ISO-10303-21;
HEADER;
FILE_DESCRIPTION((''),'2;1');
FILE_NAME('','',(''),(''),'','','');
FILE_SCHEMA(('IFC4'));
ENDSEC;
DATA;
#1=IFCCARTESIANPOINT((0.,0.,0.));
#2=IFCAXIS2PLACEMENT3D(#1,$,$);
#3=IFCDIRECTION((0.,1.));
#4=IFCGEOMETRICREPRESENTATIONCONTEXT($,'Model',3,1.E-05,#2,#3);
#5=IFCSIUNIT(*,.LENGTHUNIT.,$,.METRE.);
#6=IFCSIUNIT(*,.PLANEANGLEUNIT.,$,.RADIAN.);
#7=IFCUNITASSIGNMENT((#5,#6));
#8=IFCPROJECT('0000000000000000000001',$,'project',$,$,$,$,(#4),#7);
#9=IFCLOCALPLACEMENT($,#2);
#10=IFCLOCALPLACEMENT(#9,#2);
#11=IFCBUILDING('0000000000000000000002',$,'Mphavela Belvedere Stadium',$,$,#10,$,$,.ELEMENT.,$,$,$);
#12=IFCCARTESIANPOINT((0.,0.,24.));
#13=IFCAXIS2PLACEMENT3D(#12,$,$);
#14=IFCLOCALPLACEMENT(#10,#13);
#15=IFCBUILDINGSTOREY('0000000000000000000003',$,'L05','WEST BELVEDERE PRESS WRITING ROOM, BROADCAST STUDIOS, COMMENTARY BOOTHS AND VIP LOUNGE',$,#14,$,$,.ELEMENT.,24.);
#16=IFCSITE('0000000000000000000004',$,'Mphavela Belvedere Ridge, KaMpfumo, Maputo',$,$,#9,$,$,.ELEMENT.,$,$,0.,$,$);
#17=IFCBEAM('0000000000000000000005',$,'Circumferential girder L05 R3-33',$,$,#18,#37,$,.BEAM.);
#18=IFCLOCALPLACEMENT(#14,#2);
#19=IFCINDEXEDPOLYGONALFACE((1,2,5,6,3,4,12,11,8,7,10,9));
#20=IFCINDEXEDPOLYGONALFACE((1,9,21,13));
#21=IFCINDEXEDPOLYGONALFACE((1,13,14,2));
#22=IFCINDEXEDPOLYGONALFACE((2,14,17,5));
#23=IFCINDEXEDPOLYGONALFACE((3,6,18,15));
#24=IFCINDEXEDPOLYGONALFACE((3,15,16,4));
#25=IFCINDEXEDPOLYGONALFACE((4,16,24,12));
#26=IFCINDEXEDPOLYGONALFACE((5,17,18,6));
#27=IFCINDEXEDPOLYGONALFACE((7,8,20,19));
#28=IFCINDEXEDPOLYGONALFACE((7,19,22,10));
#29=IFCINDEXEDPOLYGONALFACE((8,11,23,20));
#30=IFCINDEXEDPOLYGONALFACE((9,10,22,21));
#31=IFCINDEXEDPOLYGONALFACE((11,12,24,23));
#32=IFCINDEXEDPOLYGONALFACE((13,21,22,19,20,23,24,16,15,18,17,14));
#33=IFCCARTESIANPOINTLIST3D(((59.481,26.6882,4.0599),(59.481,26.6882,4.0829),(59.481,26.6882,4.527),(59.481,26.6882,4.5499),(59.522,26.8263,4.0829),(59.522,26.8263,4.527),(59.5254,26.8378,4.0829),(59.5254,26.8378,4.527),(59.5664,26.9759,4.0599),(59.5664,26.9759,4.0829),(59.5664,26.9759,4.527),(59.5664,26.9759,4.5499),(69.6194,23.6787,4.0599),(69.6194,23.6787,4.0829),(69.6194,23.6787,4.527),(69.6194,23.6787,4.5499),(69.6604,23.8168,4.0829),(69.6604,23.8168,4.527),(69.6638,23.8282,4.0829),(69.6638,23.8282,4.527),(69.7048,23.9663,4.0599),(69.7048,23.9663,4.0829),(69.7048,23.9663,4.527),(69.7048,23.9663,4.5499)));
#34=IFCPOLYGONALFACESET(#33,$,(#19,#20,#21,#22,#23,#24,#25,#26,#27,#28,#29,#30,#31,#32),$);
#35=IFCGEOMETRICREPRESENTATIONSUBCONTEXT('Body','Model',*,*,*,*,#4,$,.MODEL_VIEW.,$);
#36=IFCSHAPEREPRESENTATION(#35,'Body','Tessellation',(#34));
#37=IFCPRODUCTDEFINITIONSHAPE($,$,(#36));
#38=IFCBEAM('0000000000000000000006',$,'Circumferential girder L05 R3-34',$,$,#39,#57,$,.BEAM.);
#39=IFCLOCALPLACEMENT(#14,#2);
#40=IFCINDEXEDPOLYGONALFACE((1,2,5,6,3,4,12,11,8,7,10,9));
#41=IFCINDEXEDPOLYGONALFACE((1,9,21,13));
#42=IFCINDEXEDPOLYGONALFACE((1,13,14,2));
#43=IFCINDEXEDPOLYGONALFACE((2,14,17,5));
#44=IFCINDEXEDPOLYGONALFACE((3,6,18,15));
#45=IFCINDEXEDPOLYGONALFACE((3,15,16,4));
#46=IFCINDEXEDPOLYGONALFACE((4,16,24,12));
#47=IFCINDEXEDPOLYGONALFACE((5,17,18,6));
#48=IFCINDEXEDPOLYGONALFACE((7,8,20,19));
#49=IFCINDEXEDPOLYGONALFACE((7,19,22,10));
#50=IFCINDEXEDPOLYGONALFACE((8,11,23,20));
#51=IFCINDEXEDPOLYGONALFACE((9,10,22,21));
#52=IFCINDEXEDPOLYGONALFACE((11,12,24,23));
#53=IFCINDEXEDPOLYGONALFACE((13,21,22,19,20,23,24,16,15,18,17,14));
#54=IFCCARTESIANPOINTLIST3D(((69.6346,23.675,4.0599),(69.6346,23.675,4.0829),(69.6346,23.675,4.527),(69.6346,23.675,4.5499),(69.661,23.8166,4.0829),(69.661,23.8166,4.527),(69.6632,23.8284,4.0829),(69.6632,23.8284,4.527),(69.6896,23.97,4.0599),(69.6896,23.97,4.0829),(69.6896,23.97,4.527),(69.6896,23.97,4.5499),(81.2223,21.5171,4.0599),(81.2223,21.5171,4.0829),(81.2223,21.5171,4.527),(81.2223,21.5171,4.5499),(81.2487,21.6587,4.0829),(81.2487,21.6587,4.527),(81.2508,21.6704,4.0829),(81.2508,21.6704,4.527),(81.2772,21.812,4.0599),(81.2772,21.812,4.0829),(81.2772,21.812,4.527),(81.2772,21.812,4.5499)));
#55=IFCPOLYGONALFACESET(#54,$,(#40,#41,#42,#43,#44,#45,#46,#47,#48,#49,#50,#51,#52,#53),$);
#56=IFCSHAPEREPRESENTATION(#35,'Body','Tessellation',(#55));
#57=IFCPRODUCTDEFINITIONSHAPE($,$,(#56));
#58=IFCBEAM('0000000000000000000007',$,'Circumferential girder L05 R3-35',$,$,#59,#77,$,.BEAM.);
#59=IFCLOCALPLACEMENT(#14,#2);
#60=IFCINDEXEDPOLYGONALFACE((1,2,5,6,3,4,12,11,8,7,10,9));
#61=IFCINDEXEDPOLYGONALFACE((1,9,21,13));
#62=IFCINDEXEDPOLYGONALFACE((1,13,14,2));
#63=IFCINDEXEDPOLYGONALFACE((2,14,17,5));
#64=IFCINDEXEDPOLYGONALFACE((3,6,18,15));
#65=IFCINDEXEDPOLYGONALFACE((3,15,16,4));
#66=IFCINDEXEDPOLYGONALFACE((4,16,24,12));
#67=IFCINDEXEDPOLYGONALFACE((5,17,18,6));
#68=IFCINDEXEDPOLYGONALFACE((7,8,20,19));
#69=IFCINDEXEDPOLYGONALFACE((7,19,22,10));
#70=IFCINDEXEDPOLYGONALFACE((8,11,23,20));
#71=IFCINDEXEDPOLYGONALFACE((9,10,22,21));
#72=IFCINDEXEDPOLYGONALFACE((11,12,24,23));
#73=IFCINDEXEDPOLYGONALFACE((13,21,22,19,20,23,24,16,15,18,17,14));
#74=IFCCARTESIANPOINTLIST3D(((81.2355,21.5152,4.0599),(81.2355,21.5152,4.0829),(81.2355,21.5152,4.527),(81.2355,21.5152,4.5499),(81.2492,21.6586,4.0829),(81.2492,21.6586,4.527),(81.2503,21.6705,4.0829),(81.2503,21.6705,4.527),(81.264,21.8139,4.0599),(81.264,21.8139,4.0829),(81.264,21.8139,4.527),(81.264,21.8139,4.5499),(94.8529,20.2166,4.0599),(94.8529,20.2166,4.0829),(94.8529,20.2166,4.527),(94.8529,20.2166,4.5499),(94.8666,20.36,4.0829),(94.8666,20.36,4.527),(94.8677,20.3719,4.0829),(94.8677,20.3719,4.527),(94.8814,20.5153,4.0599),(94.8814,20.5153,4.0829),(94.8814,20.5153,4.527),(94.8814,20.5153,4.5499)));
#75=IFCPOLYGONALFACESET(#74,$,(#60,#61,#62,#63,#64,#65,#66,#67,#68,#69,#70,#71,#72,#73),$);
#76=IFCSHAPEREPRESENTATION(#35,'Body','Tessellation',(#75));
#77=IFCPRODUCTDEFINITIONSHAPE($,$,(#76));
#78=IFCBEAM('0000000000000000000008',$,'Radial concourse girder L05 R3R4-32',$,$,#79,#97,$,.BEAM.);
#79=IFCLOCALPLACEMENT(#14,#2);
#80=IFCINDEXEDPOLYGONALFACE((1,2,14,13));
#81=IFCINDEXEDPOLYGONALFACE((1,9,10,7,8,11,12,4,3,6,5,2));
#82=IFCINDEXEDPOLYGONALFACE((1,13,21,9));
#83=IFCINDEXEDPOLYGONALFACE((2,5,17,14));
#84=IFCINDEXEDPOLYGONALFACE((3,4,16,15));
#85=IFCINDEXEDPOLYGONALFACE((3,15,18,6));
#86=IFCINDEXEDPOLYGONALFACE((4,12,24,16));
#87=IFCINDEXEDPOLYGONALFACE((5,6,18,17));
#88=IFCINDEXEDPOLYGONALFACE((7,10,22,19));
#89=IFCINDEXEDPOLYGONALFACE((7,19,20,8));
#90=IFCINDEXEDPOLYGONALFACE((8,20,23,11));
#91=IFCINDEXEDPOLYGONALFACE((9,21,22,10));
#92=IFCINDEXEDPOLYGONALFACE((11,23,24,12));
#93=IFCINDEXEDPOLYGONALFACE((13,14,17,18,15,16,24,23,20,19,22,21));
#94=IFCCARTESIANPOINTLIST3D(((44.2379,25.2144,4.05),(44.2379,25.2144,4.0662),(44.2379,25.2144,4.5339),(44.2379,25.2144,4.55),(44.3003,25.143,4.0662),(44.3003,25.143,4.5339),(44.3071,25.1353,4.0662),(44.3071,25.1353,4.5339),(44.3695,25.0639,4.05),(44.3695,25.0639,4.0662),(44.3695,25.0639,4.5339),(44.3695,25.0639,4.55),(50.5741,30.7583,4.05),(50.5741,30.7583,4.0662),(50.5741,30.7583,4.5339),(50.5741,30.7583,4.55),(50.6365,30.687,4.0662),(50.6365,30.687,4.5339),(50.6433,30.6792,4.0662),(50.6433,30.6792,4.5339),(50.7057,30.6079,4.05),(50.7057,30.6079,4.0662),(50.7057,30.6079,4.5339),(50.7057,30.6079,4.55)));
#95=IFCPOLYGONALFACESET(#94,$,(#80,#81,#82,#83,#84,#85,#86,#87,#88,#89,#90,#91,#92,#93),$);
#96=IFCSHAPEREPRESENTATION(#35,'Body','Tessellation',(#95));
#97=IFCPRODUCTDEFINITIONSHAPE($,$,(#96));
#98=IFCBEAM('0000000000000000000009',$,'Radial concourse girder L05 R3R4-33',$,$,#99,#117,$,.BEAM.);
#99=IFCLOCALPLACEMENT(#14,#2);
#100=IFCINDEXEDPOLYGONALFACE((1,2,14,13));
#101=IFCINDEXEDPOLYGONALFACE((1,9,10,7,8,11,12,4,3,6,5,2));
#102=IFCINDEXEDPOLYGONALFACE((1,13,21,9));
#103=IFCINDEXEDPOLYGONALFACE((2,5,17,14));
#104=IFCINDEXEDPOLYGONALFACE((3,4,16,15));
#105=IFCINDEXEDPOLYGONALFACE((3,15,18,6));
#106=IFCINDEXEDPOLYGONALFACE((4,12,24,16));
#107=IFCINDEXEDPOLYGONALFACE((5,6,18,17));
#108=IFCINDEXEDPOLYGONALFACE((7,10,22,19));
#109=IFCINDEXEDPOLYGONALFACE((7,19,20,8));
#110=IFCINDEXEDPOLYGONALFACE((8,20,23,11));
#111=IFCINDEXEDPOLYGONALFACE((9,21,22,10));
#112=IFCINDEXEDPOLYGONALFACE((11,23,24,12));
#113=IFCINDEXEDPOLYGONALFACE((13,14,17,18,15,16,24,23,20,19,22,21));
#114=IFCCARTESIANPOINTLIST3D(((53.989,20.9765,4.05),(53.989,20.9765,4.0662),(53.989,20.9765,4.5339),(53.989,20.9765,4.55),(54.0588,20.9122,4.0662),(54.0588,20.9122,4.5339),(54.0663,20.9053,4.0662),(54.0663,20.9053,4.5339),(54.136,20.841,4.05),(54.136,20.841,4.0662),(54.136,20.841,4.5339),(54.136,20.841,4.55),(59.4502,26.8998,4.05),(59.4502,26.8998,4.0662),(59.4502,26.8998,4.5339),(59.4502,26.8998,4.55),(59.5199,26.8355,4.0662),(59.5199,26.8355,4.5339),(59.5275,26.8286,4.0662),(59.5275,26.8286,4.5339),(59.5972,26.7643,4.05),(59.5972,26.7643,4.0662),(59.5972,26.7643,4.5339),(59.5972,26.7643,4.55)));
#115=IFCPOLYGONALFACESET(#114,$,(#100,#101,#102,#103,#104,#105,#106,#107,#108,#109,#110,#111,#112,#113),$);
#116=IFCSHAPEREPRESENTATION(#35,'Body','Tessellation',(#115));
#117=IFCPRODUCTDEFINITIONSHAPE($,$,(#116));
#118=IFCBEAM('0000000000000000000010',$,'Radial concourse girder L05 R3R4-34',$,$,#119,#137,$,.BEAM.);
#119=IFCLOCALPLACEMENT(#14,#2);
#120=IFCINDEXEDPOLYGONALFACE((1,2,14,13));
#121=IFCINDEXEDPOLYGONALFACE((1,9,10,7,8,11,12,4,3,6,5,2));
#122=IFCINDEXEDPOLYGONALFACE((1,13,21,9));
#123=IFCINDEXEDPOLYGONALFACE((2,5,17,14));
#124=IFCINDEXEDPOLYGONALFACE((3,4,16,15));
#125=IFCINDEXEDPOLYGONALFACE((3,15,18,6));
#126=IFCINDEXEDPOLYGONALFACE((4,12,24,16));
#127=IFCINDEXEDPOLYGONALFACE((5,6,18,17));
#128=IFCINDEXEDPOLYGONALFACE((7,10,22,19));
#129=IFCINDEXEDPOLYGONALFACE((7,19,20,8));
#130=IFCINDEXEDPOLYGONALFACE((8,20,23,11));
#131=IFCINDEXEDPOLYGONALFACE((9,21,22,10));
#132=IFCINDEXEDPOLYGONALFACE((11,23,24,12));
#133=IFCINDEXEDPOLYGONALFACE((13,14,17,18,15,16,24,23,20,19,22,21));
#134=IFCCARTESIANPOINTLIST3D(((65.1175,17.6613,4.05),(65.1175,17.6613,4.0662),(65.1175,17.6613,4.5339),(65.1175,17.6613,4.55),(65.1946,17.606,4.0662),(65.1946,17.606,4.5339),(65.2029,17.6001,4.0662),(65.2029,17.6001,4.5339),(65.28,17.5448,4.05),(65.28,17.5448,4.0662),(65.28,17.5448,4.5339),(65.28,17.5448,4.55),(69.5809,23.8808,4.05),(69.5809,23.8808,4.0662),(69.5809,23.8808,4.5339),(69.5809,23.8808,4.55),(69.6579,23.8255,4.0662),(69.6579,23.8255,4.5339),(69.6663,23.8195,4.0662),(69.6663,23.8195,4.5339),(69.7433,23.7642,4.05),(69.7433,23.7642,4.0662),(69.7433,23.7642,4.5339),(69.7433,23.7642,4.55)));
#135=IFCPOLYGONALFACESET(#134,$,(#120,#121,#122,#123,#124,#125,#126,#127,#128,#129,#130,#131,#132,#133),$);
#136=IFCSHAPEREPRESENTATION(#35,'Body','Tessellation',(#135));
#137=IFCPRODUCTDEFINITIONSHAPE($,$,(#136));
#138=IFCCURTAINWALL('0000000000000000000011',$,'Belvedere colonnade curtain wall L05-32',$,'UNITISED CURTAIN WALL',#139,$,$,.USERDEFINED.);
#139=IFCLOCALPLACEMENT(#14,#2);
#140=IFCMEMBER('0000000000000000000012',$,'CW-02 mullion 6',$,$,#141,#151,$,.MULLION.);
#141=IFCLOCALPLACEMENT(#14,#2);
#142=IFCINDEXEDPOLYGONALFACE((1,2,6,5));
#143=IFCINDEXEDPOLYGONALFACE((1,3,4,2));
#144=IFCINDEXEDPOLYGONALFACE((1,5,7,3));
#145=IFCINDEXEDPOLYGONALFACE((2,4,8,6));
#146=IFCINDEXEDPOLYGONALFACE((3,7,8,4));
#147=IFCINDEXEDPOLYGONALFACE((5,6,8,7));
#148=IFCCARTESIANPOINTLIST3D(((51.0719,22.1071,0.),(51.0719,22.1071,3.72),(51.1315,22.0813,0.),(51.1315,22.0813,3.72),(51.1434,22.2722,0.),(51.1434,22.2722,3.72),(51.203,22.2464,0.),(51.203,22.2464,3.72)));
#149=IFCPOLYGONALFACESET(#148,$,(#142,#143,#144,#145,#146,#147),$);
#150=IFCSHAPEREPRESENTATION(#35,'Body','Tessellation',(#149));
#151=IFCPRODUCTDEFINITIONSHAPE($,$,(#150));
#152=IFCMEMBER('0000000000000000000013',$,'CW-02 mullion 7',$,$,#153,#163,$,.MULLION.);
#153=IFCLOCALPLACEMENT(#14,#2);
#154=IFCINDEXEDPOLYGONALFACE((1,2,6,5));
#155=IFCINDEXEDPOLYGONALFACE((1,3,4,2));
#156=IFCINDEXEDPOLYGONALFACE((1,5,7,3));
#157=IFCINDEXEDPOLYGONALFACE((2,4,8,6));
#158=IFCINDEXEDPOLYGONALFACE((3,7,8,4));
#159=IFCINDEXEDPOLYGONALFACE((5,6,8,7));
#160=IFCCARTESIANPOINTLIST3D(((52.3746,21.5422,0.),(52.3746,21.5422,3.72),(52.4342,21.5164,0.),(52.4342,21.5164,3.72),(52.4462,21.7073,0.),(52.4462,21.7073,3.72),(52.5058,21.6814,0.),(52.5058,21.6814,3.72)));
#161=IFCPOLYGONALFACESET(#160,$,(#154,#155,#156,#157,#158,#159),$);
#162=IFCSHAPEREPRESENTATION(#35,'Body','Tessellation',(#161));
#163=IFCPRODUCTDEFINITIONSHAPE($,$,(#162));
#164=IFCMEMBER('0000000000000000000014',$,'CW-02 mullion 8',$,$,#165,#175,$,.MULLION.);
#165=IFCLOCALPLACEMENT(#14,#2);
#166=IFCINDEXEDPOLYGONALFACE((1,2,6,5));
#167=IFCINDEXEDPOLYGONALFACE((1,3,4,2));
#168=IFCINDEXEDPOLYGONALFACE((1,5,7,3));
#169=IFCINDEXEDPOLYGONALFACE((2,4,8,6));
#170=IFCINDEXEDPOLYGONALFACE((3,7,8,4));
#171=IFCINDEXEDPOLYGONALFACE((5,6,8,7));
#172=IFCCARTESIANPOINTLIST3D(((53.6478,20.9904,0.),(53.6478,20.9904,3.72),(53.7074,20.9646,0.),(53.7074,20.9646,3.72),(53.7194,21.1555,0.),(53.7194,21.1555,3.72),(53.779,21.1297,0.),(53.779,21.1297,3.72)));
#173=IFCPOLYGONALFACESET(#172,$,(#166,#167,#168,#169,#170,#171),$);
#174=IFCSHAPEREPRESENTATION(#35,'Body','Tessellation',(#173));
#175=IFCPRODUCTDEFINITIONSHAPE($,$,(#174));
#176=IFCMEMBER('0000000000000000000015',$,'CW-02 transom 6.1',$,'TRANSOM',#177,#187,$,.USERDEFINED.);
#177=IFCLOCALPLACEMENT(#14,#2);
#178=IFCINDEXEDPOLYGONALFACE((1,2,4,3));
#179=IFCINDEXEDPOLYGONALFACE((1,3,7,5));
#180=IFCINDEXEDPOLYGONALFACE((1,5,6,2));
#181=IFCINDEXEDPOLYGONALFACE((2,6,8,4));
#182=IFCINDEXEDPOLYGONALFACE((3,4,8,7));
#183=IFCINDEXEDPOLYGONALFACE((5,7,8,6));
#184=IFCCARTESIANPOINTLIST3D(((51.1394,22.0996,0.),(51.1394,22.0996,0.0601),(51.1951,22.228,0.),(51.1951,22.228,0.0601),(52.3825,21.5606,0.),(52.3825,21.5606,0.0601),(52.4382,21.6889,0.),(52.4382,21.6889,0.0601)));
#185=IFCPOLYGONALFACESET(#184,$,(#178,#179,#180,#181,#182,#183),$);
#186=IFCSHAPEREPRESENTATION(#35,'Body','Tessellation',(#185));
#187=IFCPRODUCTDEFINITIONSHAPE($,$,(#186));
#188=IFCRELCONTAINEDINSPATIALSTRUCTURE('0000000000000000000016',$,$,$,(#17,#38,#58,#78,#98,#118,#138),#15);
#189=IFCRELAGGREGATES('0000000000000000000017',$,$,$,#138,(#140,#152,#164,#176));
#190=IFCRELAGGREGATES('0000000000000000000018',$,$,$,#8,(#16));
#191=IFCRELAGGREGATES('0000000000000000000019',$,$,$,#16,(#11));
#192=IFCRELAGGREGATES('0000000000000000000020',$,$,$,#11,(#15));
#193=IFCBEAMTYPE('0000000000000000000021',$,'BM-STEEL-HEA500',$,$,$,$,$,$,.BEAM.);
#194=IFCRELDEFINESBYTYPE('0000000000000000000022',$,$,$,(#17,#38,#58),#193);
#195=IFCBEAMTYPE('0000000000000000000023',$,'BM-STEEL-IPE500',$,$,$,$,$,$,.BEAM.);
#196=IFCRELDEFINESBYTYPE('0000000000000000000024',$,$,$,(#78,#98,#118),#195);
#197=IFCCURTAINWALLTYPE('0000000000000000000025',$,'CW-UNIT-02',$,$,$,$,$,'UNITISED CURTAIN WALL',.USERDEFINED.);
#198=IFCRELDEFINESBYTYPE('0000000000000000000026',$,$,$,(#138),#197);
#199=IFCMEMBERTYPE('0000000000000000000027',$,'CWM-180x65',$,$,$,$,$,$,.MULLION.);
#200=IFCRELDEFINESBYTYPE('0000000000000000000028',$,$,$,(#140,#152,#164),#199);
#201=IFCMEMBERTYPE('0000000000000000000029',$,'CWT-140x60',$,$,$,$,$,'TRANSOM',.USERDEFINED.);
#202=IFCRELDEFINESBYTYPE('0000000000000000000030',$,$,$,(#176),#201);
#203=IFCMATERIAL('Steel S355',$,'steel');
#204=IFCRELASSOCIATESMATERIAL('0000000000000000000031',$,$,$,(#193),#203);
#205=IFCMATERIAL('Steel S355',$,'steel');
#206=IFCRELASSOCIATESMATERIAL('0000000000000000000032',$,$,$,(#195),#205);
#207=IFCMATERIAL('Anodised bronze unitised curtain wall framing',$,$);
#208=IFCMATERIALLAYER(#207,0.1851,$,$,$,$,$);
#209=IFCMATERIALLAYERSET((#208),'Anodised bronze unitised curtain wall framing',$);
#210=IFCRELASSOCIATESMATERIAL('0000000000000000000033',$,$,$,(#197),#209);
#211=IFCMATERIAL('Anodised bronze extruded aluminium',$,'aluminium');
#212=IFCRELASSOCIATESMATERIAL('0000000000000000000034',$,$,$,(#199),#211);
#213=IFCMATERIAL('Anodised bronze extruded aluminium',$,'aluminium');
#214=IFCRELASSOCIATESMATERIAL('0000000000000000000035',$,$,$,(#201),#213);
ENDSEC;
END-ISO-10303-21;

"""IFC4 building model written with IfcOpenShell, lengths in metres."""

from ifc_helpers import new_model, si_unit, direction, frame, origin, origin_2d, place, context, subcontext, project, spatial, rectangle, i_section, extrude, material, layer, layer_set, material_profile, profile_set, type_object, element, aggregate, save


model = new_model("IFC4")

# Units and contexts
model_context = context("Model", 3, precision=1e-05, world=origin(), true_north=direction((0.0, 1.0)))
body_context = subcontext(model_context, "Body", "Model", "MODEL_VIEW")
ifc_project = project(units=[si_unit("LENGTHUNIT", "METRE"), si_unit("PLANEANGLEUNIT", "RADIAN")], contexts=[model_context])

# Site, building, storey
site_placement = place(None, origin())
site = spatial("IfcSite", under=ifc_project, at=site_placement, Name="Mphavela Belvedere Ridge, KaMpfumo, Maputo", CompositionType="ELEMENT", RefElevation=0.0)
building_placement = place(site_placement, origin())
building = spatial("IfcBuilding", under=site, at=building_placement, Name="Mphavela Belvedere Stadium", CompositionType="ELEMENT")
storey_placement = place(building_placement, frame((0.0, 0.0, 24.0)))
storey = spatial("IfcBuildingStorey", under=building, at=storey_placement, Name="L05", Description="WEST BELVEDERE PRESS WRITING ROOM, BROADCAST STUDIOS, COMMENTARY BOOTHS AND VIP LOUNGE", CompositionType="ELEMENT", Elevation=24.0)

# Beams
ifc_material_1 = material(Name="Steel S355", Category="steel")
ifc_material_profile_1 = material_profile(ifc_material_1, i_section(OverallWidth=0.3, OverallDepth=0.49, WebThickness=0.012, FlangeThickness=0.0229, at=origin_2d()), Name="HEA 500")
ifc_profile_set_1 = profile_set([ifc_material_profile_1], Name="Steel S355")
beam_type_1 = type_object("IfcBeamType", Name="BM-STEEL-HEA500", PredefinedType="BEAM", material=ifc_profile_set_1)
beam_1_placement = place(storey_placement, frame((59.5237, 26.832, 4.3049), z_axis=(0.958655, -0.28457, 0.0), x_axis=(0.28457, 0.958655, 0.0)))
element("IfcBeam", 1, at=beam_1_placement, inside=storey, type_object=beam_type_1, Name="Circumferential girder L05 R3-33", PredefinedType="BEAM", context=body_context, shape_type="SweptSolid", body=[
    extrude(i_section(OverallWidth=0.3, OverallDepth=0.49, WebThickness=0.012, FlangeThickness=0.0229, at=origin_2d()), origin(), (0.0, 0.0, 1.0), 10.5757),
])
beam_2_placement = place(storey_placement, frame((69.6621, 23.8225, 4.3049), z_axis=(0.983098, -0.183082, 0.0), x_axis=(0.183082, 0.983098, 0.0)))
element("IfcBeam", 2, at=beam_2_placement, inside=storey, type_object=beam_type_1, Name="Circumferential girder L05 R3-34", PredefinedType="BEAM", context=body_context, shape_type="SweptSolid", body=[
    extrude(i_section(OverallWidth=0.3, OverallDepth=0.49, WebThickness=0.012, FlangeThickness=0.0229, at=origin_2d()), origin(), (0.0, 0.0, 1.0), 11.7869),
])
beam_3_placement = place(storey_placement, frame((81.2498, 21.6646, 4.3049), z_axis=(0.995484, -0.094931, 0.0), x_axis=(0.094931, 0.995484, 0.0)))
element("IfcBeam", 3, at=beam_3_placement, inside=storey, type_object=beam_type_1, Name="Circumferential girder L05 R3-35", PredefinedType="BEAM", context=body_context, shape_type="SweptSolid", body=[
    extrude(i_section(OverallWidth=0.3, OverallDepth=0.49, WebThickness=0.012, FlangeThickness=0.0229, at=origin_2d()), origin(), (0.0, 0.0, 1.0), 13.6792),
])
ifc_material_2 = material(Name="Steel S355", Category="steel")
ifc_material_profile_2 = material_profile(ifc_material_2, i_section(OverallWidth=0.2, OverallDepth=0.5, WebThickness=0.0103, FlangeThickness=0.0161, at=origin_2d()), Name="IPE 500")
ifc_profile_set_2 = profile_set([ifc_material_profile_2], Name="Steel S355")
beam_type_2 = type_object("IfcBeamType", Name="BM-STEEL-IPE500", PredefinedType="BEAM", material=ifc_profile_set_2)
beam_4_placement = place(storey_placement, frame((50.6399, 30.6831, 4.3), z_axis=(-0.752589, -0.65849, 0.0), x_axis=(0.65849, -0.752589, 0.0)))
element("IfcBeam", 4, at=beam_4_placement, inside=storey, type_object=beam_type_2, Name="Radial concourse girder L05 R3R4-32", PredefinedType="BEAM", context=body_context, shape_type="SweptSolid", body=[
    extrude(i_section(OverallWidth=0.2, OverallDepth=0.5, WebThickness=0.0103, FlangeThickness=0.0161, at=origin_2d()), origin(), (0.0, 0.0, 1.0), 8.4192),
])
beam_5_placement = place(storey_placement, frame((59.5237, 26.832, 4.3), z_axis=(-0.677843, -0.735206, 0.0), x_axis=(0.735206, -0.677843, 0.0)))
element("IfcBeam", 5, at=beam_5_placement, inside=storey, type_object=beam_type_2, Name="Radial concourse girder L05 R3R4-33", PredefinedType="BEAM", context=body_context, shape_type="SweptSolid", body=[
    extrude(i_section(OverallWidth=0.2, OverallDepth=0.5, WebThickness=0.0103, FlangeThickness=0.0161, at=origin_2d()), origin(), (0.0, 0.0, 1.0), 8.0566),
])
beam_6_placement = place(storey_placement, frame((69.6621, 23.8225, 4.3), z_axis=(-0.583044, -0.812441, 0.0), x_axis=(0.812441, -0.583044, 0.0)))
element("IfcBeam", 6, at=beam_6_placement, inside=storey, type_object=beam_type_2, Name="Radial concourse girder L05 R3R4-34", PredefinedType="BEAM", context=body_context, shape_type="SweptSolid", body=[
    extrude(i_section(OverallWidth=0.2, OverallDepth=0.5, WebThickness=0.0103, FlangeThickness=0.0161, at=origin_2d()), origin(), (0.0, 0.0, 1.0), 7.6553),
])

# Curtain wall, members
ifc_material_3 = material(Name="Anodised bronze unitised curtain wall framing")
ifc_layer_1 = layer(ifc_material_3, 0.1851)
ifc_layer_set_1 = layer_set([ifc_layer_1], Name="Anodised bronze unitised curtain wall framing")
curtain_wall_type = type_object("IfcCurtainWallType", Name="CW-UNIT-02", ElementType="UNITISED CURTAIN WALL", PredefinedType="USERDEFINED", material=ifc_layer_set_1)
curtain_wall_placement = place(storey_placement, origin())
curtain_wall = element("IfcCurtainWall", 7, at=curtain_wall_placement, inside=storey, type_object=curtain_wall_type, Name="Belvedere colonnade curtain wall L05-32", ObjectType="UNITISED CURTAIN WALL", PredefinedType="USERDEFINED")
ifc_material_4 = material(Name="Anodised bronze extruded aluminium", Category="aluminium")
ifc_material_profile_3 = material_profile(ifc_material_4, rectangle(XDim=0.1799, YDim=0.0649, at=origin_2d()), Name="CW-MUL 180x65")
ifc_profile_set_3 = profile_set([ifc_material_profile_3], Name="Anodised bronze extruded aluminium")
member_type_1 = type_object("IfcMemberType", Name="CWM-180x65", PredefinedType="MULLION", material=ifc_profile_set_3)
member_1_placement = place(storey_placement, frame((51.1375, 22.1768, 0.0), z_axis=(0.0, 0.0, 1.0), x_axis=(0.397743, 0.917497, 0.0)))
member_1 = element("IfcMember", 8, at=member_1_placement, type_object=member_type_1, Name="CW-02 mullion 6", PredefinedType="MULLION", context=body_context, shape_type="SweptSolid", body=[
    extrude(rectangle(XDim=0.1799, YDim=0.0649, at=origin_2d()), origin(), (0.0, 0.0, 1.0), 3.72),
])
member_2_placement = place(storey_placement, frame((52.4402, 21.6118, 0.0), z_axis=(0.0, 0.0, 1.0), x_axis=(0.397743, 0.917497, 0.0)))
member_2 = element("IfcMember", 9, at=member_2_placement, type_object=member_type_1, Name="CW-02 mullion 7", PredefinedType="MULLION", context=body_context, shape_type="SweptSolid", body=[
    extrude(rectangle(XDim=0.1799, YDim=0.0649, at=origin_2d()), origin(), (0.0, 0.0, 1.0), 3.72),
])
member_3_placement = place(storey_placement, frame((53.7134, 21.0601, 0.0), z_axis=(0.0, 0.0, 1.0), x_axis=(0.397743, 0.917497, 0.0)))
member_3 = element("IfcMember", 10, at=member_3_placement, type_object=member_type_1, Name="CW-02 mullion 8", PredefinedType="MULLION", context=body_context, shape_type="SweptSolid", body=[
    extrude(rectangle(XDim=0.1799, YDim=0.0649, at=origin_2d()), origin(), (0.0, 0.0, 1.0), 3.72),
])
ifc_material_5 = material(Name="Anodised bronze extruded aluminium", Category="aluminium")
ifc_material_profile_4 = material_profile(ifc_material_5, rectangle(XDim=0.1399, YDim=0.0601, at=origin_2d()), Name="CW-TRN 140x60")
ifc_profile_set_4 = profile_set([ifc_material_profile_4], Name="Anodised bronze extruded aluminium")
member_type_2 = type_object("IfcMemberType", Name="CWT-140x60", ElementType="TRANSOM", PredefinedType="USERDEFINED", material=ifc_profile_set_4)
member_4_placement = place(storey_placement, frame((51.1672, 22.1638, 0.03), z_axis=(0.917459, -0.39783, 0.0), x_axis=(0.39783, 0.917459, 0.0)))
member_4 = element("IfcMember", 11, at=member_4_placement, type_object=member_type_2, Name="CW-02 transom 6.1", ObjectType="TRANSOM", PredefinedType="USERDEFINED", context=body_context, shape_type="SweptSolid", body=[
    extrude(rectangle(XDim=0.1399, YDim=0.0601, at=origin_2d()), origin(), (0.0, 0.0, 1.0), 1.355),
])
aggregate(curtain_wall, [member_1, member_2, member_3, member_4])

save(model, "model.ifc")
